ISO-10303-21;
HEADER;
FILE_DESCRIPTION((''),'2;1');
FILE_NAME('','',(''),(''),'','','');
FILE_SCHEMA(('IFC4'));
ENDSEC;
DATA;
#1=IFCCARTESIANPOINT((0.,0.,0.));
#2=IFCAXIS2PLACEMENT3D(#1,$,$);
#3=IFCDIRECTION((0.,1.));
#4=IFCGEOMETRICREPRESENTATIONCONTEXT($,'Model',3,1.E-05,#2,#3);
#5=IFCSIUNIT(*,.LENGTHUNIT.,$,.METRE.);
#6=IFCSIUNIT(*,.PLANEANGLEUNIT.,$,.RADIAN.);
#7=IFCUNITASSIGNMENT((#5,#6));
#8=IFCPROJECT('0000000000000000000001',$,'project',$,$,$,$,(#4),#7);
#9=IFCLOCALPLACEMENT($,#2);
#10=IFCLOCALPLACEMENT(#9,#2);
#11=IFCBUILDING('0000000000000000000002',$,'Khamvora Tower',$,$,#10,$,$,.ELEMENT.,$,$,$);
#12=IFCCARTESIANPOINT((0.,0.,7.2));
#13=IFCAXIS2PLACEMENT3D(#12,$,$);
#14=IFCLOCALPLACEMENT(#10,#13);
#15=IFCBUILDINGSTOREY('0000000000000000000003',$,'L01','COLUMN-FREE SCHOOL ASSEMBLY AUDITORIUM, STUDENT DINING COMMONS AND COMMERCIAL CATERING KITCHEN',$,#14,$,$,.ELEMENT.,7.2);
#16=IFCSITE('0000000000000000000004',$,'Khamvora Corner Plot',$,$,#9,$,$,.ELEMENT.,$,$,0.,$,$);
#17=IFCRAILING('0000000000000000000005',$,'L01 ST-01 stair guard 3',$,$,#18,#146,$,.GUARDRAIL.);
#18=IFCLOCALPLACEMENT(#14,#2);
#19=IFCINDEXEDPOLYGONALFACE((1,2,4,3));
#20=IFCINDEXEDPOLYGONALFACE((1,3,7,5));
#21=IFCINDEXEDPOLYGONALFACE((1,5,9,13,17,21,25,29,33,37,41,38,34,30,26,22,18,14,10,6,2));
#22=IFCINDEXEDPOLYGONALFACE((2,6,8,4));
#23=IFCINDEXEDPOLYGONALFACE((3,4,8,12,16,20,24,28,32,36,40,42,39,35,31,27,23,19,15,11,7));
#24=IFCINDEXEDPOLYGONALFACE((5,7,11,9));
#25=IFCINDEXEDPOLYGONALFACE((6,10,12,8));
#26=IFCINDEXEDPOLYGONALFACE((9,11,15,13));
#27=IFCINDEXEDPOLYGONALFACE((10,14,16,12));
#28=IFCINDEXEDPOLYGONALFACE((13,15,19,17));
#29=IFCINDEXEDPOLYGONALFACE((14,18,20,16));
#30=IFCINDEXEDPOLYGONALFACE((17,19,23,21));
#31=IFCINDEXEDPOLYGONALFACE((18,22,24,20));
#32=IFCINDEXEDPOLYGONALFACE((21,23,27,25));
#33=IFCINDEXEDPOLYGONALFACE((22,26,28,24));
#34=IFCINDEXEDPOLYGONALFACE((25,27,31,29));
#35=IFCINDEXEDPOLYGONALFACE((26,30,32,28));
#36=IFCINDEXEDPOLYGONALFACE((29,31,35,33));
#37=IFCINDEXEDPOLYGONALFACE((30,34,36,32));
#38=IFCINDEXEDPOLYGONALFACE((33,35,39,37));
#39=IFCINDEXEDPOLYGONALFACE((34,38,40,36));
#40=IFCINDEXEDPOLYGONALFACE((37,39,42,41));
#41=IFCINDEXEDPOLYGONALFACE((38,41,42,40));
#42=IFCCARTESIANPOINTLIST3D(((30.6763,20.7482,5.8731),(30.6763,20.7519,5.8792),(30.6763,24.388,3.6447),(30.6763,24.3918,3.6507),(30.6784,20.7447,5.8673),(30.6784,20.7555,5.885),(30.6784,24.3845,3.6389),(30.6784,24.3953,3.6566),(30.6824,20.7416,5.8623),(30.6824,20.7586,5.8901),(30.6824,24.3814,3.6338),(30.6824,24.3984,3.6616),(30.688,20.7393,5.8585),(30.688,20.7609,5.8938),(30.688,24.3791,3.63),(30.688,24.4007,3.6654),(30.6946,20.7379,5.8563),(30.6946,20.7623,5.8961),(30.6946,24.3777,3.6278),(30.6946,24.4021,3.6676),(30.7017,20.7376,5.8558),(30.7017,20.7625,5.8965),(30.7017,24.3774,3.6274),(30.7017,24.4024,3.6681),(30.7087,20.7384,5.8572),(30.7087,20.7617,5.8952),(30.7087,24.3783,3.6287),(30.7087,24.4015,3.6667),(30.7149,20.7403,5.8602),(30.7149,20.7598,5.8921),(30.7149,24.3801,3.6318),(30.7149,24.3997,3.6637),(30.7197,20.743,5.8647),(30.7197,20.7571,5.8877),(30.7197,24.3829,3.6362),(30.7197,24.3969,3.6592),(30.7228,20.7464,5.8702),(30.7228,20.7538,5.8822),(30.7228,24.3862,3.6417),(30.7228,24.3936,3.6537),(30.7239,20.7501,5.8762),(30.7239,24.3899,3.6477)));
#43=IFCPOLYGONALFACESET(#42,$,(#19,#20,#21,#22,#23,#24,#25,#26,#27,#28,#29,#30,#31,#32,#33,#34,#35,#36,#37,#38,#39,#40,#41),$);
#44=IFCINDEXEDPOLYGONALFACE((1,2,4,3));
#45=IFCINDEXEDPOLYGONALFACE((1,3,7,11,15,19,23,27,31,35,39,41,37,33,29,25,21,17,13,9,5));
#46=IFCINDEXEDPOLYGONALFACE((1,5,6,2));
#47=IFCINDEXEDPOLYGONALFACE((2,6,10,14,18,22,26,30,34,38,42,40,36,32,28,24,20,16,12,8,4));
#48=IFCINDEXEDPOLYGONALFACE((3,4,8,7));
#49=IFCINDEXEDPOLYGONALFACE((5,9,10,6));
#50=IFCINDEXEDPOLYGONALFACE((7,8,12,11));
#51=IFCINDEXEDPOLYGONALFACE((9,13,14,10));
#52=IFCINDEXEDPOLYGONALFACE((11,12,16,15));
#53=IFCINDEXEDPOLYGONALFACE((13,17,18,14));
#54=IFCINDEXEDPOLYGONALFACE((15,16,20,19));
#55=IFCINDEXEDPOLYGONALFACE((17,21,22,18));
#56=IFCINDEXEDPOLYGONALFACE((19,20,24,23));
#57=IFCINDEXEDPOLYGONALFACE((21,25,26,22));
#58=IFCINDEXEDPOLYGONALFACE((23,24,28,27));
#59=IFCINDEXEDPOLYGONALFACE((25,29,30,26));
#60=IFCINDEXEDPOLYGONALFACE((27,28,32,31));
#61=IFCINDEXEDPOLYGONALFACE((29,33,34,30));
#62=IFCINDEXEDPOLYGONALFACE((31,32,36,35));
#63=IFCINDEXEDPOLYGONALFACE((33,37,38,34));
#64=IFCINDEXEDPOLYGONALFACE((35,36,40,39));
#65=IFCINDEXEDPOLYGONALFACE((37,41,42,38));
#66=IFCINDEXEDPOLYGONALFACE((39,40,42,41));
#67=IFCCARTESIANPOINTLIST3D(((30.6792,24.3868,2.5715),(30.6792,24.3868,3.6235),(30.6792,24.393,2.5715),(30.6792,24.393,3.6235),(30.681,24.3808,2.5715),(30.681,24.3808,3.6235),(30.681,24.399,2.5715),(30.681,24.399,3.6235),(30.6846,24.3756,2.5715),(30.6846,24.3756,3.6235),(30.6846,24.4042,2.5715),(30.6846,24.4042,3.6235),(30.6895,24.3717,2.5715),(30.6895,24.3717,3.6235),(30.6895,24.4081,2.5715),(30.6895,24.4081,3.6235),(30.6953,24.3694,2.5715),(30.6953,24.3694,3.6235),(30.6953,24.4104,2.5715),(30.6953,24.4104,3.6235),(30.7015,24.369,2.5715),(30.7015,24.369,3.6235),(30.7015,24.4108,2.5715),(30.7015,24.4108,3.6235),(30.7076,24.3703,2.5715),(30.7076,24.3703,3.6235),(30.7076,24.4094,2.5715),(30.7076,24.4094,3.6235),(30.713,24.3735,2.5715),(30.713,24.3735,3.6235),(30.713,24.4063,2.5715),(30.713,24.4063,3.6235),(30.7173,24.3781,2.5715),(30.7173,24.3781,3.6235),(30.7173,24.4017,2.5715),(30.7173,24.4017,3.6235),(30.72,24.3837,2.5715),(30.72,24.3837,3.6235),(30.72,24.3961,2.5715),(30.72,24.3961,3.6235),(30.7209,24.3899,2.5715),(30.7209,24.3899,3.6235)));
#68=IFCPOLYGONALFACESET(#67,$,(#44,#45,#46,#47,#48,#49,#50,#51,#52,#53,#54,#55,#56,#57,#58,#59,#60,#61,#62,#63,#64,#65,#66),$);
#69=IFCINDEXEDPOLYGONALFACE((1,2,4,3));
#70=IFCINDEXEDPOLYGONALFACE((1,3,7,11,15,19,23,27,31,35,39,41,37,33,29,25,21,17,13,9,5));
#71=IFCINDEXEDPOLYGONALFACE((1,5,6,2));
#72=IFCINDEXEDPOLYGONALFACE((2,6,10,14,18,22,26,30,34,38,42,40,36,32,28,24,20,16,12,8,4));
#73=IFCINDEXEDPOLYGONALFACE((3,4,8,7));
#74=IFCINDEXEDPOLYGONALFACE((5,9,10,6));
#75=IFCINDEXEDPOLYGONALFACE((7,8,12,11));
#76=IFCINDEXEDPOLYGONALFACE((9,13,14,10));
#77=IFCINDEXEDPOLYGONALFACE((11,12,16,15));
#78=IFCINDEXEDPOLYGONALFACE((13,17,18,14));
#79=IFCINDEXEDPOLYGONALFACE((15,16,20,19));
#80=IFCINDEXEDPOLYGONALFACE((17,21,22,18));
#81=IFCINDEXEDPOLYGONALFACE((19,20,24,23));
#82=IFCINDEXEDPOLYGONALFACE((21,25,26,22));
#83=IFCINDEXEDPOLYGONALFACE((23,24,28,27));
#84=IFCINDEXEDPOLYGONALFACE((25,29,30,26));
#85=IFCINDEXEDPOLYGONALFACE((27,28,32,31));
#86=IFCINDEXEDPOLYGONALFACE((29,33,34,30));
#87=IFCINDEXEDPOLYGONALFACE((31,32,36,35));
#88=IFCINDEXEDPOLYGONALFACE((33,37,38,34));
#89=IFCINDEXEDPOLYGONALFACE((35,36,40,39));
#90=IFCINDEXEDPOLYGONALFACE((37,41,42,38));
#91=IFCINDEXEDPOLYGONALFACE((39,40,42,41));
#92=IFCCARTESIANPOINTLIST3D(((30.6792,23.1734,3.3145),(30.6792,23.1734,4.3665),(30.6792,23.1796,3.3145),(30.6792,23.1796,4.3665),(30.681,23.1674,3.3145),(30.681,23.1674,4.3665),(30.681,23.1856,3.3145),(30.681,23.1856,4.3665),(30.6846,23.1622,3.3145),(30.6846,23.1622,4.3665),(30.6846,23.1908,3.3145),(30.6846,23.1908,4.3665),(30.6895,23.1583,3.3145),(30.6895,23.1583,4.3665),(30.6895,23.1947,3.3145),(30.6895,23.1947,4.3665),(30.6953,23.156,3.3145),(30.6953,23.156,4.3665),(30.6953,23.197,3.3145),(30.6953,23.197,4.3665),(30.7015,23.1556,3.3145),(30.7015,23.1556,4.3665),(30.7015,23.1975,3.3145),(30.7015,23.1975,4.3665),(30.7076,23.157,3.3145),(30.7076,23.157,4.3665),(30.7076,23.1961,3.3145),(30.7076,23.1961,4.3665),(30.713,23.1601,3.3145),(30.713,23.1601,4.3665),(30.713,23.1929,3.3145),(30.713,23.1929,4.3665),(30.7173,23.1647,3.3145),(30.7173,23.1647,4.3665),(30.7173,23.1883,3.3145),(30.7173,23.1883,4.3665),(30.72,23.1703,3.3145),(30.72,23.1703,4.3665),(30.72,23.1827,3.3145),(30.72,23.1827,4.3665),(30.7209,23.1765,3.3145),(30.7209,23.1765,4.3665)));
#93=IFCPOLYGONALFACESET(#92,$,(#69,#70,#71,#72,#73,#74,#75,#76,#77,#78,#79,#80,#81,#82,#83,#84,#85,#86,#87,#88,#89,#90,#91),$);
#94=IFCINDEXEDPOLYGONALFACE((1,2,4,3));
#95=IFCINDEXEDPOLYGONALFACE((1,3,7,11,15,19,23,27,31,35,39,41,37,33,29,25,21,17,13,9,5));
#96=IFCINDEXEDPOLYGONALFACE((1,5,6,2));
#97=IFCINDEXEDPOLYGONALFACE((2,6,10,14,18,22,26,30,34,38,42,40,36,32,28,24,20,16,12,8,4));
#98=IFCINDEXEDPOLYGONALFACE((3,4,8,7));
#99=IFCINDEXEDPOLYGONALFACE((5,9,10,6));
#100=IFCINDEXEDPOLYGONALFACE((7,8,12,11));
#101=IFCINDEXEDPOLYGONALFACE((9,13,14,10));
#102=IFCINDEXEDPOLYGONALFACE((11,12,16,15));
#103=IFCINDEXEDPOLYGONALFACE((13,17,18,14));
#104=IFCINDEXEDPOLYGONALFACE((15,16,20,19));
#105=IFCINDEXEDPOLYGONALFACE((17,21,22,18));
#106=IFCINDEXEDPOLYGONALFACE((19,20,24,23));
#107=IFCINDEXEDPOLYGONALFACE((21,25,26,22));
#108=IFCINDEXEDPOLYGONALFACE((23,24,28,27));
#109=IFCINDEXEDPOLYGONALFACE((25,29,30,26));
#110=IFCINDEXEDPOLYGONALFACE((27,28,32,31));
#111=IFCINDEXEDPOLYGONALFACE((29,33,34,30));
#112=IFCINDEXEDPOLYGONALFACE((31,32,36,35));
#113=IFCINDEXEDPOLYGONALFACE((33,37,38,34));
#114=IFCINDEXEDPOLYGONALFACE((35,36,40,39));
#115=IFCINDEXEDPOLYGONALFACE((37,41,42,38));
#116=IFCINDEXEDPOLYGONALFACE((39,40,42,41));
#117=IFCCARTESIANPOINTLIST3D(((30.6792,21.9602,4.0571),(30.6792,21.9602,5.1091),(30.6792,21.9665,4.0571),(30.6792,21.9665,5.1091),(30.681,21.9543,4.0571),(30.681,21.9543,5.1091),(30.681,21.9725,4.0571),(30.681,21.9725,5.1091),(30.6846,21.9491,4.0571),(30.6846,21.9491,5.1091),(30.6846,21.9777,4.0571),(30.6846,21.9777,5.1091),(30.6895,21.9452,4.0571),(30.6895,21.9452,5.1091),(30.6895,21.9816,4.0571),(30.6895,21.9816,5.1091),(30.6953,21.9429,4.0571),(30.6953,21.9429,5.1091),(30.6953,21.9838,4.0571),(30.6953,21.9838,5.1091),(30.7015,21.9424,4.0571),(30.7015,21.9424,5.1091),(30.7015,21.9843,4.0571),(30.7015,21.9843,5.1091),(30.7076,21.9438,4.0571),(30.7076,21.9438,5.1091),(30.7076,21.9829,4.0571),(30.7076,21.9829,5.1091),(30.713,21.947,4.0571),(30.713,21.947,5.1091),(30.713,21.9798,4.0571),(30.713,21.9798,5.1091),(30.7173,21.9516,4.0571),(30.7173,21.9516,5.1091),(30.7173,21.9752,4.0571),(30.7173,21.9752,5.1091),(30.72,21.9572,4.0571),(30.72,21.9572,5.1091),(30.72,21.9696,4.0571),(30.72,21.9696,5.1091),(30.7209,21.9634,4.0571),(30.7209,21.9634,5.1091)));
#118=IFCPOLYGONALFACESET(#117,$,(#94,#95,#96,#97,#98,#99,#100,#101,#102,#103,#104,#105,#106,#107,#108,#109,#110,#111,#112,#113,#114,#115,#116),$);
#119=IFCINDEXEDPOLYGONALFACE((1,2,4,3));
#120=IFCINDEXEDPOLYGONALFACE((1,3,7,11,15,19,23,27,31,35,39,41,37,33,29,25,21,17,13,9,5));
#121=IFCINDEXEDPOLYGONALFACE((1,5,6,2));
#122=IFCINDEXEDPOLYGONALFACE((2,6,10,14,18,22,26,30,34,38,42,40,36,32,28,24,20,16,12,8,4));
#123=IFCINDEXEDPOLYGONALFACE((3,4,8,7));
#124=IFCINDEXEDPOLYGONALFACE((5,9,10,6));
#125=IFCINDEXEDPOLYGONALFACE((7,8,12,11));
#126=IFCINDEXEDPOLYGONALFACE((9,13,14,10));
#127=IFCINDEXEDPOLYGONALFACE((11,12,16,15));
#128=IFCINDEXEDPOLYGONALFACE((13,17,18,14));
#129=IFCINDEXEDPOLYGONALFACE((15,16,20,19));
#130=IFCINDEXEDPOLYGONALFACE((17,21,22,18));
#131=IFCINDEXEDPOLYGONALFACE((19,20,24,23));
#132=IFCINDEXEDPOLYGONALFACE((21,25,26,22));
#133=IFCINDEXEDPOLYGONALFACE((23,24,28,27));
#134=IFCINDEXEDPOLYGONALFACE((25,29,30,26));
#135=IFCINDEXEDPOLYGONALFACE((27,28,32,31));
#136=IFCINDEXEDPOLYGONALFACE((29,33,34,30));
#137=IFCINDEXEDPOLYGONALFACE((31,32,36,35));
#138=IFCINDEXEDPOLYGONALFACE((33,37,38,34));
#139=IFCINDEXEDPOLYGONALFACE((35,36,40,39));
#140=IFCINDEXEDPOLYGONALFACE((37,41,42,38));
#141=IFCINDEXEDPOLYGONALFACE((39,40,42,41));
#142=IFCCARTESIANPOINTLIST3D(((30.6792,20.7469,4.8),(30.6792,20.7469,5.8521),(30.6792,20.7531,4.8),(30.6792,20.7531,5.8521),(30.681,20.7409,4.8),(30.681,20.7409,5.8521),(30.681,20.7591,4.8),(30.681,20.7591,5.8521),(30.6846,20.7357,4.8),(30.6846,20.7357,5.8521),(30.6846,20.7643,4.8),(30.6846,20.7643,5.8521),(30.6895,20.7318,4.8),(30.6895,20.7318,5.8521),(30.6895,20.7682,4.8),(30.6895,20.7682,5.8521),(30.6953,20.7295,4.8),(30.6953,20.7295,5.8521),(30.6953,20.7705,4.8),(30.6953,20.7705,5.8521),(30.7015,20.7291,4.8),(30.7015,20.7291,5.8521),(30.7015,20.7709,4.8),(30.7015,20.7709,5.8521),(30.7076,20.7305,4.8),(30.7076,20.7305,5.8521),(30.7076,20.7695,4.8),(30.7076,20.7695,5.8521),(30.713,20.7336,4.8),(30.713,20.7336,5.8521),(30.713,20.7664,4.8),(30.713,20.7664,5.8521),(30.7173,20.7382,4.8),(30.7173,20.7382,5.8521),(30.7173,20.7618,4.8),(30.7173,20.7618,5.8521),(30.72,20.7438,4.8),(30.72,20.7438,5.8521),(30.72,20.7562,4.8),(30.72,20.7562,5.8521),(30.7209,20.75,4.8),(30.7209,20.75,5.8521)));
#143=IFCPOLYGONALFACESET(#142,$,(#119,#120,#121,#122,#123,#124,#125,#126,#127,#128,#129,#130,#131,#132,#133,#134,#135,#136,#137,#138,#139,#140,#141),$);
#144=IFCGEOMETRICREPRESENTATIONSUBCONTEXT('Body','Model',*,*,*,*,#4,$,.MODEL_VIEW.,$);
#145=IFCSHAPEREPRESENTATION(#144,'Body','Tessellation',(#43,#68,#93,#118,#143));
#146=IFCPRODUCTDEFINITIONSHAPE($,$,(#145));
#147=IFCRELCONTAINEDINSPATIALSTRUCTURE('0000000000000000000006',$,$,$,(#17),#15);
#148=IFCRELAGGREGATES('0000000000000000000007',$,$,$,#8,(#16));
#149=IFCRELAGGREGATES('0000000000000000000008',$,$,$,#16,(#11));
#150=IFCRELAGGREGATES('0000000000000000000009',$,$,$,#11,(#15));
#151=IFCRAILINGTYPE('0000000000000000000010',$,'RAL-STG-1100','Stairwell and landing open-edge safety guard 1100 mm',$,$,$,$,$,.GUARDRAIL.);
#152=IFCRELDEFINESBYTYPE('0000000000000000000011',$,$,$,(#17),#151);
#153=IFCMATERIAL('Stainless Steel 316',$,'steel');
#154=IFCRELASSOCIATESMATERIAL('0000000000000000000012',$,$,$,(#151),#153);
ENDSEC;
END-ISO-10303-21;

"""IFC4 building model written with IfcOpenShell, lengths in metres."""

from ifc_helpers import new_model, si_unit, direction, frame, origin, origin_2d, place, context, subcontext, project, spatial, circle, extrude, material, type_object, element, save


model = new_model("IFC4")

# Units and contexts
model_context = context("Model", 3, precision=1e-05, world=origin(), true_north=direction((0.0, 1.0)))
body_context = subcontext(model_context, "Body", "Model", "MODEL_VIEW")
ifc_project = project(units=[si_unit("LENGTHUNIT", "METRE"), si_unit("PLANEANGLEUNIT", "RADIAN")], contexts=[model_context])

# Site, building, storey
site_placement = place(None, origin())
site = spatial("IfcSite", under=ifc_project, at=site_placement, Name="Khamvora Corner Plot", CompositionType="ELEMENT", RefElevation=0.0)
building_placement = place(site_placement, origin())
building = spatial("IfcBuilding", under=site, at=building_placement, Name="Khamvora Tower", CompositionType="ELEMENT")
storey_placement = place(building_placement, frame((0.0, 0.0, 7.2)))
storey = spatial("IfcBuildingStorey", under=building, at=storey_placement, Name="L01", Description="COLUMN-FREE SCHOOL ASSEMBLY AUDITORIUM, STUDENT DINING COMMONS AND COMMERCIAL CATERING KITCHEN", CompositionType="ELEMENT", Elevation=7.2)

# Railing
ifc_material_1 = material(Name="Stainless Steel 316", Category="steel")
railing_type_1 = type_object("IfcRailingType", Name="RAL-STG-1100", Description="Stairwell and landing open-edge safety guard 1100 mm", PredefinedType="GUARDRAIL", material=ifc_material_1)
railing_1_placement = place(storey_placement, frame((30.7, 24.3899, 2.5715)))
element("IfcRailing", 1, at=railing_1_placement, inside=storey, type_object=railing_type_1, Name="L01 ST-01 stair guard 3", PredefinedType="GUARDRAIL", context=body_context, shape_type="SweptSolid", body=[
    extrude(circle(Radius=0.0239, at=origin_2d()), frame((0.0, 0.0, 1.0762), z_axis=(0.0, -0.85285, 0.522156), x_axis=(1.0, 0.0, 0.0)), (0.0, 0.0, 1.0), 4.2678),
    extrude(circle(Radius=0.021, at=origin_2d()), origin(), (0.0, 0.0, 1.0), 1.052),
    extrude(circle(Radius=0.021, at=origin_2d()), frame((0.0, -1.2134, 0.7429)), (0.0, 0.0, 1.0), 1.052),
    extrude(circle(Radius=0.021, at=origin_2d()), frame((0.0, -2.4265, 1.4856)), (0.0, 0.0, 1.0), 1.052),
    extrude(circle(Radius=0.021, at=origin_2d()), frame((0.0, -3.6399, 2.2285)), (0.0, 0.0, 1.0), 1.052),
])

save(model, "model.ifc")
